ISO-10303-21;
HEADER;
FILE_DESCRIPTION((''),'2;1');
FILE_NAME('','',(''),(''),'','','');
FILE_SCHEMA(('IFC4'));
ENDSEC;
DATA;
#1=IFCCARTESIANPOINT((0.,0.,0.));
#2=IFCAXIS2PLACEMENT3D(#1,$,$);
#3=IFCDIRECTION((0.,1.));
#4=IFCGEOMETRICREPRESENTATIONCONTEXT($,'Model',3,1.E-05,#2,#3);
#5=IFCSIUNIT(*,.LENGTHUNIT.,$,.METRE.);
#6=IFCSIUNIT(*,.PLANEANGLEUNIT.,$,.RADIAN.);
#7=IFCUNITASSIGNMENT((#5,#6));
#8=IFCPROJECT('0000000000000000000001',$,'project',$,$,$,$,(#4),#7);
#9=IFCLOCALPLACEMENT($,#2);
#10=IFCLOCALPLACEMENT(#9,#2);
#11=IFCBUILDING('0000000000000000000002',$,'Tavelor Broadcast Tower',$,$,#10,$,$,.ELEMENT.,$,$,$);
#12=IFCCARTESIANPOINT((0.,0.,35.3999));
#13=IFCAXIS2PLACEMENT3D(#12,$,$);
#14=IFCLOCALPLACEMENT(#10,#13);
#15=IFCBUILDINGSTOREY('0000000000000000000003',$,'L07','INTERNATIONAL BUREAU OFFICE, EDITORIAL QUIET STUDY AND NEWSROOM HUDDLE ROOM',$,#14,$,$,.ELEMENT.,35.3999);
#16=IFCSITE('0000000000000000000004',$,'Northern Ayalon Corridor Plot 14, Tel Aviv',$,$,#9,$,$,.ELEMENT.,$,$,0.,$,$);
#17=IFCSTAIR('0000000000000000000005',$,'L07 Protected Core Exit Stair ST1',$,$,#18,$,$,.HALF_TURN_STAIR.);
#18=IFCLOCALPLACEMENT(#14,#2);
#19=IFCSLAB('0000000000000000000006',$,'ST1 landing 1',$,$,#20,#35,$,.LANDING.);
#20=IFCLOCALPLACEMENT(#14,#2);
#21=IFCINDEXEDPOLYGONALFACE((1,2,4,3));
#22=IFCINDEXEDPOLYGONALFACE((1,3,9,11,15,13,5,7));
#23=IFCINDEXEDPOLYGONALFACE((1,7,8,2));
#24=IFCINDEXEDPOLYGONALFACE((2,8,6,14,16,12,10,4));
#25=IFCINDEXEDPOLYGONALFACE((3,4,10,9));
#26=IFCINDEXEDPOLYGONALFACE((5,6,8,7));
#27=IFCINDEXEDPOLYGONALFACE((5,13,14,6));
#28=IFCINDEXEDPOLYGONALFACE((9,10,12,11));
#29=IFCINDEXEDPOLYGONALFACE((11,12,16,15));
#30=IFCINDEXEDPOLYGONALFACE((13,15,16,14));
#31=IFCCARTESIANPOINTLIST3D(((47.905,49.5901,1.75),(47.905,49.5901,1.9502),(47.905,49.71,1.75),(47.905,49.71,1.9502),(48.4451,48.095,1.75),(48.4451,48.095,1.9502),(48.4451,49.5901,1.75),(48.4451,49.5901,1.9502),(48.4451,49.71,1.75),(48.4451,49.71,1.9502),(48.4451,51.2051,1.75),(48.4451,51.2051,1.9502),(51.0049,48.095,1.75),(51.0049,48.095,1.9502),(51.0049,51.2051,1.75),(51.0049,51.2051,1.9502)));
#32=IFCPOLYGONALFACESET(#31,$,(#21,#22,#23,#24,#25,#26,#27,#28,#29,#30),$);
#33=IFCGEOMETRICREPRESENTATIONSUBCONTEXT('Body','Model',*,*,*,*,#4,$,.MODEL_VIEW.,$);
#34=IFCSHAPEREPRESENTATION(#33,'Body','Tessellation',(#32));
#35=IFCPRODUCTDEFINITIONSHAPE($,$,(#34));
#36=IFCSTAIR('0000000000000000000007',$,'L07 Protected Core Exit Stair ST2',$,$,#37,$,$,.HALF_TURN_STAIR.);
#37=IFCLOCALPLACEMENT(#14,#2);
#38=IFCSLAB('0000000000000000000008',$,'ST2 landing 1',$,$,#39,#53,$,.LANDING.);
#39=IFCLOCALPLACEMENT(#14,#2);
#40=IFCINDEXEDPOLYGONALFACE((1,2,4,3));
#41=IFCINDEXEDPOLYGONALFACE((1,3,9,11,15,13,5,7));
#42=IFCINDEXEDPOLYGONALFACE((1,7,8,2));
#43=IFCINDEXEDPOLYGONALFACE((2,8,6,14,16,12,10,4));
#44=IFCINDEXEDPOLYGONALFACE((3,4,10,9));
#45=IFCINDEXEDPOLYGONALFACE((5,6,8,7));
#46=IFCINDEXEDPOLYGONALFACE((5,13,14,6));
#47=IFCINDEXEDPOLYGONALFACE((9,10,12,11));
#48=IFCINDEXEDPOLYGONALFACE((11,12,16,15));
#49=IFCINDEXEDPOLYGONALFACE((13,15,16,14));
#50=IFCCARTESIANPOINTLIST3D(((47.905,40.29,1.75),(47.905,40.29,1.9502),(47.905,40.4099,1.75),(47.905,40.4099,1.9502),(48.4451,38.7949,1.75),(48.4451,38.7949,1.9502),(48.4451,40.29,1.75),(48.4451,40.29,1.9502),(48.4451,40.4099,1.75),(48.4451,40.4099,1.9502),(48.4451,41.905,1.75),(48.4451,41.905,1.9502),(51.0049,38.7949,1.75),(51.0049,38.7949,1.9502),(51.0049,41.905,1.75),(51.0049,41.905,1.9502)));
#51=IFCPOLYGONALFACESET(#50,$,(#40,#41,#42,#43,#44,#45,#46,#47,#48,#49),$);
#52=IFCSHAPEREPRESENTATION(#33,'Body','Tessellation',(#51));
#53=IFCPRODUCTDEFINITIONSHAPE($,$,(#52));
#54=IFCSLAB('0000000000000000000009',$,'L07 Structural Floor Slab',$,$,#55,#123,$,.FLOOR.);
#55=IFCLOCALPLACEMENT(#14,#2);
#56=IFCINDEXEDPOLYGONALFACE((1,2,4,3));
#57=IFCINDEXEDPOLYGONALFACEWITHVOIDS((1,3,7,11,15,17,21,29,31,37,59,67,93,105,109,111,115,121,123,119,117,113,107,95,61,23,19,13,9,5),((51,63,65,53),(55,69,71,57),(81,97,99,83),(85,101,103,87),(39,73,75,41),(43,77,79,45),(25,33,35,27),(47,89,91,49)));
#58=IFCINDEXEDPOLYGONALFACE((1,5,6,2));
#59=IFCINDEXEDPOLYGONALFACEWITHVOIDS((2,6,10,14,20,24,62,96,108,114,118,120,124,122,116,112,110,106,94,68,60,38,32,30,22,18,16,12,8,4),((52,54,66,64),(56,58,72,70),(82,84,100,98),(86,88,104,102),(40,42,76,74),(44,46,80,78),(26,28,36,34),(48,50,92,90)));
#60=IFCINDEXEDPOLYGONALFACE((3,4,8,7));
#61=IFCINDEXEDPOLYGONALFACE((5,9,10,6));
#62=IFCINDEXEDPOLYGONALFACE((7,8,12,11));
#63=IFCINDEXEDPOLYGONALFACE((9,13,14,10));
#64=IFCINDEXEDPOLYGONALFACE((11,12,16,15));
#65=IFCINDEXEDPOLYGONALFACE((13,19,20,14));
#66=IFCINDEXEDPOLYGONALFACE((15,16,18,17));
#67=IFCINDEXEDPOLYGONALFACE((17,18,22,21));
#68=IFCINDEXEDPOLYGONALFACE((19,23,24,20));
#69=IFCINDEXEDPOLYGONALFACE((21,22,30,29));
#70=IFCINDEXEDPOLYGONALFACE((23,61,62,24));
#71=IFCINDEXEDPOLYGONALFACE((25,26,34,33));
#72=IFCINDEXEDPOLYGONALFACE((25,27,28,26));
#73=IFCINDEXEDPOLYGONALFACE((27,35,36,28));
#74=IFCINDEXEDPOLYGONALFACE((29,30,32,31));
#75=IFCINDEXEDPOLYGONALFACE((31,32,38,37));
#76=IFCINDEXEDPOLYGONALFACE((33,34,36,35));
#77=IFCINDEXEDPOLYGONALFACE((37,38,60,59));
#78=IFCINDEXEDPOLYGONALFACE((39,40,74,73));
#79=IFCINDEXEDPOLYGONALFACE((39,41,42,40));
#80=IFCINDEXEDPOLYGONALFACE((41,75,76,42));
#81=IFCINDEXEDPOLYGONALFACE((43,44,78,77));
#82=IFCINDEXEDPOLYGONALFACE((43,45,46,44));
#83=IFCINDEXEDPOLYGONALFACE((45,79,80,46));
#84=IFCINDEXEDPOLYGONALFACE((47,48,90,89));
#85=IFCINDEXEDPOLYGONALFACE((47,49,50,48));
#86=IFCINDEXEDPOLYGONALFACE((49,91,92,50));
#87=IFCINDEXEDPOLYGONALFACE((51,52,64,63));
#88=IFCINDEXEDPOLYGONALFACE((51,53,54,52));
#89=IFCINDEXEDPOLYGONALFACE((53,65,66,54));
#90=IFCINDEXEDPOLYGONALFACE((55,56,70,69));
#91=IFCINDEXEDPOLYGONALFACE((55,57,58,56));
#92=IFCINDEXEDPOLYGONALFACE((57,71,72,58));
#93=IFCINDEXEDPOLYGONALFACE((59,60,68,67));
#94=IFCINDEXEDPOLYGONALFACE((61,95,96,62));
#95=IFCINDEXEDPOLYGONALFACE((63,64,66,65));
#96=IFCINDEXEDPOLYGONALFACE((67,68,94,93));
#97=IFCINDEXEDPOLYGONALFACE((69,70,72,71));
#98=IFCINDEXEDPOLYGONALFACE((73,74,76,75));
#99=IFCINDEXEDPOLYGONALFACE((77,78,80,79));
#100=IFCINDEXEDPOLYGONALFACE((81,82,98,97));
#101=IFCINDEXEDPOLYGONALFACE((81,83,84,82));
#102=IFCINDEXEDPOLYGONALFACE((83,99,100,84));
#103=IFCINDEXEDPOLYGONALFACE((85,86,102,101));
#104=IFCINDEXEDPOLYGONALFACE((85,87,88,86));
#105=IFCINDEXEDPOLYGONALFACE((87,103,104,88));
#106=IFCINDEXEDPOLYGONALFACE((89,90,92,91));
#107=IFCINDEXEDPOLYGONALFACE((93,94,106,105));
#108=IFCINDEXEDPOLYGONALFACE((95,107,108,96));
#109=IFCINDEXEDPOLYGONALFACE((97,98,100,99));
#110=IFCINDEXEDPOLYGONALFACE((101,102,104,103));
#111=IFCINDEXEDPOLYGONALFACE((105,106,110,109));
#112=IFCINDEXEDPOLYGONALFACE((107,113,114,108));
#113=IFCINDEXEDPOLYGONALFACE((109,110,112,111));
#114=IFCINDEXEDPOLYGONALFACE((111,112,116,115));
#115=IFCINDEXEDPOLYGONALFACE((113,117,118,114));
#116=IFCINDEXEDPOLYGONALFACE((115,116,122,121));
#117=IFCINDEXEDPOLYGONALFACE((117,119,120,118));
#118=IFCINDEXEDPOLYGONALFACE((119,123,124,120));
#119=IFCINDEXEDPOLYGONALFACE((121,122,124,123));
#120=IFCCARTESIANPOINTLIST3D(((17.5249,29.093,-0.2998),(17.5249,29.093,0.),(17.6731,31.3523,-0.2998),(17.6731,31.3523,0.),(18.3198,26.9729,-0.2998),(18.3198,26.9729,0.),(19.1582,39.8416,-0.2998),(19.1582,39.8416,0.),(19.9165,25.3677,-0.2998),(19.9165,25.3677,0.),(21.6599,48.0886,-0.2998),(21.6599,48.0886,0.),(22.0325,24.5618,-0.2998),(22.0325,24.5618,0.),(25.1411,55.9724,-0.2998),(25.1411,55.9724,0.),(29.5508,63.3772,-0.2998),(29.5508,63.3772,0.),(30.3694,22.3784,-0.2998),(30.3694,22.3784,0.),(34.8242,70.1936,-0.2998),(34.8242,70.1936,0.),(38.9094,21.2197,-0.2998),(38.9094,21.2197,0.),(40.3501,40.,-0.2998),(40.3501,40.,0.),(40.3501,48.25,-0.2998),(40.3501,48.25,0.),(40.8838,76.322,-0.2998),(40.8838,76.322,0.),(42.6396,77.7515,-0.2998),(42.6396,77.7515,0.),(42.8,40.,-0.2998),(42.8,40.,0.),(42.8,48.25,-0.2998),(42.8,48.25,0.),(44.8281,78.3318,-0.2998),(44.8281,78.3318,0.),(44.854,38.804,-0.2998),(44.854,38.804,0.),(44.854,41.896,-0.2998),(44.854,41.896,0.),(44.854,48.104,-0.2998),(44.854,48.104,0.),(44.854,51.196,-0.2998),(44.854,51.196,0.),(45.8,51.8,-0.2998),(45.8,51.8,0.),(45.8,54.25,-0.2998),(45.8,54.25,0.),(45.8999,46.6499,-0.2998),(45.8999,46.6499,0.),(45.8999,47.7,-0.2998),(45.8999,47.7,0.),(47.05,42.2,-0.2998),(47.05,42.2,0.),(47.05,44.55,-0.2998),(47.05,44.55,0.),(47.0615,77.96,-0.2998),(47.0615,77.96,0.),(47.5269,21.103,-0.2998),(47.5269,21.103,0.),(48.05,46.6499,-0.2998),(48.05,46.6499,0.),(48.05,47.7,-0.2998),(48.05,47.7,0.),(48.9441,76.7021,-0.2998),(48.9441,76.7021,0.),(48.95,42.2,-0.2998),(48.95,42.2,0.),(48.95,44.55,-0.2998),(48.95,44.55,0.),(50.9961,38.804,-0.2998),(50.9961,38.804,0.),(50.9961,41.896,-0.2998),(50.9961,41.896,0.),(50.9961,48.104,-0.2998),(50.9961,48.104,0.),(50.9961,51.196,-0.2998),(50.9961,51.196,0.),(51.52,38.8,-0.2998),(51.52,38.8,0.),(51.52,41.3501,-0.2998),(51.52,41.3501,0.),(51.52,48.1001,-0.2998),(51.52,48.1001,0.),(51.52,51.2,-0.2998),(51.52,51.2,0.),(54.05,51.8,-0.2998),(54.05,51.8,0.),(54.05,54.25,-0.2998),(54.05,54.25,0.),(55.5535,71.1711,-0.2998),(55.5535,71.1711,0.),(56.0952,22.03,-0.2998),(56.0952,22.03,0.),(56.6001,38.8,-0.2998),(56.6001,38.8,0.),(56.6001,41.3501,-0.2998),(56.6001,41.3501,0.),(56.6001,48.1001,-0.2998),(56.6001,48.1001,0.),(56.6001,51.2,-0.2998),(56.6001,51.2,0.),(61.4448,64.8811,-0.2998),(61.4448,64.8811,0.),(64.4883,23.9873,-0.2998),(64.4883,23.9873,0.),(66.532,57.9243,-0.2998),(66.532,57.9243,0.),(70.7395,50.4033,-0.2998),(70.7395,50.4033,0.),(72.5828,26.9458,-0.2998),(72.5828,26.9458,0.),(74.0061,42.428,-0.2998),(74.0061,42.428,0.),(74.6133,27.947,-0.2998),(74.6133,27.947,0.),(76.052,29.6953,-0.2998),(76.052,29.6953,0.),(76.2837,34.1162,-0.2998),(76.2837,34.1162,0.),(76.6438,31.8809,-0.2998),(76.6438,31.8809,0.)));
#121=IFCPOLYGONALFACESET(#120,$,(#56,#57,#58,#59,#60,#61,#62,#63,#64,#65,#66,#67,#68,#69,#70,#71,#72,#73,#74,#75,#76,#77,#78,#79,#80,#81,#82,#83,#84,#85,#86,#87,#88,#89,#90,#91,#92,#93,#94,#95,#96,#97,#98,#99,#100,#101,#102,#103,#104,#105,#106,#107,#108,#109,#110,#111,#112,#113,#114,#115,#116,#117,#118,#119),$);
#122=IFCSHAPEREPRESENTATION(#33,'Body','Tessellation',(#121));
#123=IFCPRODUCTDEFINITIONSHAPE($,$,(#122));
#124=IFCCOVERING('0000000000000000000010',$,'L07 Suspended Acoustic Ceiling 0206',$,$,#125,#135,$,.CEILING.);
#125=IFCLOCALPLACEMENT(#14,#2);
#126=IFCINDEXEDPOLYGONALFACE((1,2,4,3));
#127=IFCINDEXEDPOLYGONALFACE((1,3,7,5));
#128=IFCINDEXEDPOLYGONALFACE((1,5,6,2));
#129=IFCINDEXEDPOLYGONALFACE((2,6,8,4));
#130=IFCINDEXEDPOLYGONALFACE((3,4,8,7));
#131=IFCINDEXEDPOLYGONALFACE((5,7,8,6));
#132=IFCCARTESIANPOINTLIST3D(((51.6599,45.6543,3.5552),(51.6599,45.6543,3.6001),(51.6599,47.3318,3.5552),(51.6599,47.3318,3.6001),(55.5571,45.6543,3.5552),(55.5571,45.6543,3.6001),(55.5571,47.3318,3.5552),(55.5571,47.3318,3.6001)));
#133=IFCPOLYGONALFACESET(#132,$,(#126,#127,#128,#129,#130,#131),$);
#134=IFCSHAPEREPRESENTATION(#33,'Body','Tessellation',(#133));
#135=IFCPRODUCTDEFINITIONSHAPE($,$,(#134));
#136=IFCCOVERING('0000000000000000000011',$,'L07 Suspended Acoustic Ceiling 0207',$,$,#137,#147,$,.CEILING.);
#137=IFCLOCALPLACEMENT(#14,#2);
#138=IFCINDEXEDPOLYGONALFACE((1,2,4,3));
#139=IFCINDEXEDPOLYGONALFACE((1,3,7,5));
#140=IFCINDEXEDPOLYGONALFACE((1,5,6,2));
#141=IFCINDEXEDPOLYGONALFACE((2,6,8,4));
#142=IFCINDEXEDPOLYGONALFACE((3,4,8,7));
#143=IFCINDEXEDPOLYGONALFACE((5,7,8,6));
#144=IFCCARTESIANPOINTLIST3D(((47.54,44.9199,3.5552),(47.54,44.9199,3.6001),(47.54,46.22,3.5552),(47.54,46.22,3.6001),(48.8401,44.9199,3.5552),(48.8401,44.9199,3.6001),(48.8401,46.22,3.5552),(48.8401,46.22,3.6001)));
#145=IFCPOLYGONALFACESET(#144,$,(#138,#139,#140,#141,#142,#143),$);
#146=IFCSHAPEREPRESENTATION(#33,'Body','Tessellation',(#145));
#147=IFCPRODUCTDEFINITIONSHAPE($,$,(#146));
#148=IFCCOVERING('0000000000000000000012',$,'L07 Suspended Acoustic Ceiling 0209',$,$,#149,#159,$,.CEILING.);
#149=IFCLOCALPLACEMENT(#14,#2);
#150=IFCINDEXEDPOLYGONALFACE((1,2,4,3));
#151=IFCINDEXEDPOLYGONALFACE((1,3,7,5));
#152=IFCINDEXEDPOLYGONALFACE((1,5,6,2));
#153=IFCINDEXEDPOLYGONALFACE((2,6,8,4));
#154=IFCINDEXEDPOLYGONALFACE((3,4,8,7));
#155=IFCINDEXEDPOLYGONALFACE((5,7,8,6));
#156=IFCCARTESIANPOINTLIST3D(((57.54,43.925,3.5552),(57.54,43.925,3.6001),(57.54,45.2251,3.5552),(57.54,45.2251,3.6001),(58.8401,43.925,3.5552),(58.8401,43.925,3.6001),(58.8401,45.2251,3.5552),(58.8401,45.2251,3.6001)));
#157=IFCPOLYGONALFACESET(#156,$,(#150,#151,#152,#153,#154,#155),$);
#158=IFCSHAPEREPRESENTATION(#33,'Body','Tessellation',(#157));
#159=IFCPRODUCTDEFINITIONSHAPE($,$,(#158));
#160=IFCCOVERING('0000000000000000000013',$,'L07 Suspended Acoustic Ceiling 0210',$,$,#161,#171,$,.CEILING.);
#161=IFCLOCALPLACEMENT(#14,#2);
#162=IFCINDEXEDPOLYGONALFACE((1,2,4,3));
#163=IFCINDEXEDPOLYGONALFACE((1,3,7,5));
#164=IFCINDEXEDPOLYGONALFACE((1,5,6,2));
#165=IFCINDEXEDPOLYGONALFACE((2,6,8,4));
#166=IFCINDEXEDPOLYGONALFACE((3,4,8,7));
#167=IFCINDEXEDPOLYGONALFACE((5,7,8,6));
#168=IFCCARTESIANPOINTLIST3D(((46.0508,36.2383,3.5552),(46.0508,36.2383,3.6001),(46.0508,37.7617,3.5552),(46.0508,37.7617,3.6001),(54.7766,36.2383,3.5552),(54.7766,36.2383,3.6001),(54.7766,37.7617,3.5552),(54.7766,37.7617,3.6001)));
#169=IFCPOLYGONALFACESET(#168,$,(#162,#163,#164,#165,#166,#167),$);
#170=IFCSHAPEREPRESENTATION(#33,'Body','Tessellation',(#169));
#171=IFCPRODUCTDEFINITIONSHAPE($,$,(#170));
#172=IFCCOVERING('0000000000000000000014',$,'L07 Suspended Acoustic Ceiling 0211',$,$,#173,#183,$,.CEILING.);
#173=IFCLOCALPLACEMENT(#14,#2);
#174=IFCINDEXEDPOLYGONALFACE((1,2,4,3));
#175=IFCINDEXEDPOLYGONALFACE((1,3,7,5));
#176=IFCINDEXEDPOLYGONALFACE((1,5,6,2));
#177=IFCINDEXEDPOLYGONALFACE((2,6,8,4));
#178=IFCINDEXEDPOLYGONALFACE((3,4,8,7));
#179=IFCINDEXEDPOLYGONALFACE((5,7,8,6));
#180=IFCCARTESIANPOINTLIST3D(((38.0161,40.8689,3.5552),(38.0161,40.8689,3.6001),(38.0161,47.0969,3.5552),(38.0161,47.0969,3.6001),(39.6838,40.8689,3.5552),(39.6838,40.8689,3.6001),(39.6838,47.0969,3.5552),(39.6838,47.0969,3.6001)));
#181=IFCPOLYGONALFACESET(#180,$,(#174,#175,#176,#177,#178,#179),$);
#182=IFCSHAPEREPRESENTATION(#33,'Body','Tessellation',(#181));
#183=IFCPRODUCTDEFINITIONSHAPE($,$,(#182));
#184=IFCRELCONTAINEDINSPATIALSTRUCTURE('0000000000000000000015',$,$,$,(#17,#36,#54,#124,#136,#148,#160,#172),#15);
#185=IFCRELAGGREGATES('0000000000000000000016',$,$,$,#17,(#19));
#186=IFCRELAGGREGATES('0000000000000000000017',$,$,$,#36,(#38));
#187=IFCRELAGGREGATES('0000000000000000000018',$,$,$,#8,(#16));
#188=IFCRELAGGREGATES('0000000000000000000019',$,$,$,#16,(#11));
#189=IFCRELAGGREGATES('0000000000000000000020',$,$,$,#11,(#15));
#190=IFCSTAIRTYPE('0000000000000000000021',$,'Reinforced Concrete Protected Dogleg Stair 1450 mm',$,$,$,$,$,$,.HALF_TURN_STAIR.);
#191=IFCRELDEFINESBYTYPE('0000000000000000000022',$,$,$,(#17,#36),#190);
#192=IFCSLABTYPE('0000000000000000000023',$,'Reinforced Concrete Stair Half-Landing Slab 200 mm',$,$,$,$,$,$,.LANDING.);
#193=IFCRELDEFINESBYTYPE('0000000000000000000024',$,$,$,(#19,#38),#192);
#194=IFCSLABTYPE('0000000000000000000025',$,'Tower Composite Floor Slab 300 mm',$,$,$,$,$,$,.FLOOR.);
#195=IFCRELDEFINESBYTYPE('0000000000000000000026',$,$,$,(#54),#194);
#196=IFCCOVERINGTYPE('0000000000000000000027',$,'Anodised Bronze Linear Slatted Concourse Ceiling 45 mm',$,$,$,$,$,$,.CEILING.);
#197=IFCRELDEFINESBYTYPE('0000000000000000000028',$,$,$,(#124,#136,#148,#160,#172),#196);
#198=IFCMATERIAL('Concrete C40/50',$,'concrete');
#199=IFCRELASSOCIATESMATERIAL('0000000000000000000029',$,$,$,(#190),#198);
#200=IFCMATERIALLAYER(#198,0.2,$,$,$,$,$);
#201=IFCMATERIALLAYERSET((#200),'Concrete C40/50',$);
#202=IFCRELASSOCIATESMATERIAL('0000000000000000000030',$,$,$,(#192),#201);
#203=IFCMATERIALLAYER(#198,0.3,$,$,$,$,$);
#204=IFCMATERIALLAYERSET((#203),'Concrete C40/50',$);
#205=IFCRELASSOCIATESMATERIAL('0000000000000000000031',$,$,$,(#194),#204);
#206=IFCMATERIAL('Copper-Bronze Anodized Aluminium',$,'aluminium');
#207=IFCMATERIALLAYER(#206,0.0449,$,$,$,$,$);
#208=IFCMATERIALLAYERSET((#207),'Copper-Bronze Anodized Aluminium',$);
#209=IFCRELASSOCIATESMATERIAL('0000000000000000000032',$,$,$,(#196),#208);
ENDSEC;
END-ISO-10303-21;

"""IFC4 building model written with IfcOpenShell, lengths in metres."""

from ifc_helpers import new_model, si_unit, direction, frame, origin, place, context, subcontext, project, spatial, polyline, outline, extrude, material, layer, layer_set, type_object, element, aggregate, save


model = new_model("IFC4")

# Units and contexts
model_context = context("Model", 3, precision=1e-05, world=origin(), true_north=direction((0.0, 1.0)))
body_context = subcontext(model_context, "Body", "Model", "MODEL_VIEW")
ifc_project = project(units=[si_unit("LENGTHUNIT", "METRE"), si_unit("PLANEANGLEUNIT", "RADIAN")], contexts=[model_context])

# Site, building, storey
site_placement = place(None, origin())
site = spatial("IfcSite", under=ifc_project, at=site_placement, Name="Northern Ayalon Corridor Plot 14, Tel Aviv", CompositionType="ELEMENT", RefElevation=0.0)
building_placement = place(site_placement, origin())
building = spatial("IfcBuilding", under=site, at=building_placement, Name="Tavelor Broadcast Tower", CompositionType="ELEMENT")
storey_placement = place(building_placement, frame((0.0, 0.0, 35.3999)))
storey = spatial("IfcBuildingStorey", under=building, at=storey_placement, Name="L07", Description="INTERNATIONAL BUREAU OFFICE, EDITORIAL QUIET STUDY AND NEWSROOM HUDDLE ROOM", CompositionType="ELEMENT", Elevation=35.3999)

# Stairs, slabs
ifc_material_1 = material(Name="Concrete C40/50", Category="concrete")
stair_type = type_object("IfcStairType", Name="Reinforced Concrete Protected Dogleg Stair 1450 mm", PredefinedType="HALF_TURN_STAIR", material=ifc_material_1)
stair_1_placement = place(storey_placement, origin())
stair_1 = element("IfcStair", 1, at=stair_1_placement, inside=storey, type_object=stair_type, Name="L07 Protected Core Exit Stair ST1", PredefinedType="HALF_TURN_STAIR")
ifc_layer_1 = layer(ifc_material_1, 0.2)
ifc_layer_set_1 = layer_set([ifc_layer_1], Name="Concrete C40/50")
slab_type_1 = type_object("IfcSlabType", Name="Reinforced Concrete Stair Half-Landing Slab 200 mm", PredefinedType="LANDING", material=ifc_layer_set_1)
slab_1_placement = place(storey_placement, frame((0.0, 0.0, 1.75)))
slab_1 = element("IfcSlab", 2, at=slab_1_placement, type_object=slab_type_1, Name="ST1 landing 1", PredefinedType="LANDING", context=body_context, shape_type="SweptSolid", body=[
    extrude(outline(polyline([(48.4451, 49.5901), (48.4451, 48.095), (51.0049, 48.095), (51.0049, 51.2051), (48.4451, 51.2051), (48.4451, 49.71), (47.905, 49.71), (47.905, 49.5901), (48.4451, 49.5901)])), origin(), (0.0, 0.0, 1.0), 0.2002),
])
aggregate(stair_1, [slab_1])
stair_2_placement = place(storey_placement, origin())
stair_2 = element("IfcStair", 3, at=stair_2_placement, inside=storey, type_object=stair_type, Name="L07 Protected Core Exit Stair ST2", PredefinedType="HALF_TURN_STAIR")
slab_2_placement = place(storey_placement, frame((0.0, 0.0, 1.75)))
slab_2 = element("IfcSlab", 4, at=slab_2_placement, type_object=slab_type_1, Name="ST2 landing 1", PredefinedType="LANDING", context=body_context, shape_type="SweptSolid", body=[
    extrude(outline(polyline([(48.4451, 40.29), (48.4451, 38.7949), (51.0049, 38.7949), (51.0049, 41.905), (48.4451, 41.905), (48.4451, 40.4099), (47.905, 40.4099), (47.905, 40.29), (48.4451, 40.29)])), origin(), (0.0, 0.0, 1.0), 0.2002),
])
aggregate(stair_2, [slab_2])

# Slab
ifc_layer_2 = layer(ifc_material_1, 0.3)
ifc_layer_set_2 = layer_set([ifc_layer_2], Name="Concrete C40/50")
slab_type_2 = type_object("IfcSlabType", Name="Tower Composite Floor Slab 300 mm", PredefinedType="FLOOR", material=ifc_layer_set_2)
slab_3_placement = place(storey_placement, frame((0.0, 0.0, -0.2998)))
element("IfcSlab", 5, at=slab_3_placement, inside=storey, type_object=slab_type_2, Name="L07 Structural Floor Slab", PredefinedType="FLOOR", context=body_context, shape_type="SweptSolid", body=[
    extrude(outline(polyline([(48.9441, 76.7021), (47.0615, 77.96), (44.8281, 78.3318), (42.6396, 77.7515), (40.8838, 76.322), (34.8242, 70.1936), (29.5508, 63.3772), (25.1411, 55.9724), (21.6599, 48.0886), (19.1582, 39.8416), (17.6731, 31.3523), (17.5249, 29.093), (18.3198, 26.9729), (19.9165, 25.3677), (22.0325, 24.5618), (30.3694, 22.3784), (38.9094, 21.2197), (47.5269, 21.103), (56.0952, 22.03), (64.4883, 23.9873), (72.5828, 26.9458), (74.6133, 27.947), (76.052, 29.6953), (76.6438, 31.8809), (76.2837, 34.1162), (74.0061, 42.428), (70.7395, 50.4033), (66.532, 57.9243), (61.4448, 64.8811), (55.5535, 71.1711), (48.9441, 76.7021)]), holes=[polyline([(56.6001, 38.8), (51.52, 38.8), (51.52, 41.3501), (56.6001, 41.3501), (56.6001, 38.8)]), polyline([(50.9961, 38.804), (44.854, 38.804), (44.854, 41.896), (50.9961, 41.896), (50.9961, 38.804)]), polyline([(47.05, 42.2), (47.05, 44.55), (48.95, 44.55), (48.95, 42.2), (47.05, 42.2)]), polyline([(40.3501, 40.0), (40.3501, 48.25), (42.8, 48.25), (42.8, 40.0), (40.3501, 40.0)]), polyline([(48.05, 46.6499), (45.8999, 46.6499), (45.8999, 47.7), (48.05, 47.7), (48.05, 46.6499)]), polyline([(50.9961, 48.104), (44.854, 48.104), (44.854, 51.196), (50.9961, 51.196), (50.9961, 48.104)]), polyline([(56.6001, 48.1001), (51.52, 48.1001), (51.52, 51.2), (56.6001, 51.2), (56.6001, 48.1001)]), polyline([(54.05, 51.8), (45.8, 51.8), (45.8, 54.25), (54.05, 54.25), (54.05, 51.8)])]), origin(), (0.0, 0.0, 1.0), 0.2998),
])

# Coverings
ifc_material_2 = material(Name="Copper-Bronze Anodized Aluminium", Category="aluminium")
ifc_layer_3 = layer(ifc_material_2, 0.0449)
ifc_layer_set_3 = layer_set([ifc_layer_3], Name="Copper-Bronze Anodized Aluminium")
covering_type_1 = type_object("IfcCoveringType", Name="Anodised Bronze Linear Slatted Concourse Ceiling 45 mm", PredefinedType="CEILING", material=ifc_layer_set_3)
covering_1_placement = place(storey_placement, frame((0.0, 0.0, 3.5552)))
element("IfcCovering", 6, at=covering_1_placement, inside=storey, type_object=covering_type_1, Name="L07 Suspended Acoustic Ceiling 0206", PredefinedType="CEILING", context=body_context, shape_type="SweptSolid", body=[
    extrude(outline(polyline([(51.6599, 45.6543), (55.5571, 45.6543), (55.5571, 47.3318), (51.6599, 47.3318), (51.6599, 45.6543)])), origin(), (0.0, 0.0, 1.0), 0.0449),
])
covering_2_placement = place(storey_placement, frame((0.0, 0.0, 3.5552)))
element("IfcCovering", 7, at=covering_2_placement, inside=storey, type_object=covering_type_1, Name="L07 Suspended Acoustic Ceiling 0207", PredefinedType="CEILING", context=body_context, shape_type="SweptSolid", body=[
    extrude(outline(polyline([(47.54, 44.9199), (48.8401, 44.9199), (48.8401, 46.22), (47.54, 46.22), (47.54, 44.9199)])), origin(), (0.0, 0.0, 1.0), 0.0449),
])
covering_3_placement = place(storey_placement, frame((0.0, 0.0, 3.5552)))
element("IfcCovering", 8, at=covering_3_placement, inside=storey, type_object=covering_type_1, Name="L07 Suspended Acoustic Ceiling 0209", PredefinedType="CEILING", context=body_context, shape_type="SweptSolid", body=[
    extrude(outline(polyline([(57.54, 43.925), (58.8401, 43.925), (58.8401, 45.2251), (57.54, 45.2251), (57.54, 43.925)])), origin(), (0.0, 0.0, 1.0), 0.0449),
])
covering_4_placement = place(storey_placement, frame((0.0, 0.0, 3.5552)))
element("IfcCovering", 9, at=covering_4_placement, inside=storey, type_object=covering_type_1, Name="L07 Suspended Acoustic Ceiling 0210", PredefinedType="CEILING", context=body_context, shape_type="SweptSolid", body=[
    extrude(outline(polyline([(46.0508, 36.2383), (54.7766, 36.2383), (54.7766, 37.7617), (46.0508, 37.7617), (46.0508, 36.2383)])), origin(), (0.0, 0.0, 1.0), 0.0449),
])
covering_5_placement = place(storey_placement, frame((0.0, 0.0, 3.5552)))
element("IfcCovering", 10, at=covering_5_placement, inside=storey, type_object=covering_type_1, Name="L07 Suspended Acoustic Ceiling 0211", PredefinedType="CEILING", context=body_context, shape_type="SweptSolid", body=[
    extrude(outline(polyline([(38.0161, 40.8689), (39.6838, 40.8689), (39.6838, 47.0969), (38.0161, 47.0969), (38.0161, 40.8689)])), origin(), (0.0, 0.0, 1.0), 0.0449),
])

save(model, "model.ifc")
